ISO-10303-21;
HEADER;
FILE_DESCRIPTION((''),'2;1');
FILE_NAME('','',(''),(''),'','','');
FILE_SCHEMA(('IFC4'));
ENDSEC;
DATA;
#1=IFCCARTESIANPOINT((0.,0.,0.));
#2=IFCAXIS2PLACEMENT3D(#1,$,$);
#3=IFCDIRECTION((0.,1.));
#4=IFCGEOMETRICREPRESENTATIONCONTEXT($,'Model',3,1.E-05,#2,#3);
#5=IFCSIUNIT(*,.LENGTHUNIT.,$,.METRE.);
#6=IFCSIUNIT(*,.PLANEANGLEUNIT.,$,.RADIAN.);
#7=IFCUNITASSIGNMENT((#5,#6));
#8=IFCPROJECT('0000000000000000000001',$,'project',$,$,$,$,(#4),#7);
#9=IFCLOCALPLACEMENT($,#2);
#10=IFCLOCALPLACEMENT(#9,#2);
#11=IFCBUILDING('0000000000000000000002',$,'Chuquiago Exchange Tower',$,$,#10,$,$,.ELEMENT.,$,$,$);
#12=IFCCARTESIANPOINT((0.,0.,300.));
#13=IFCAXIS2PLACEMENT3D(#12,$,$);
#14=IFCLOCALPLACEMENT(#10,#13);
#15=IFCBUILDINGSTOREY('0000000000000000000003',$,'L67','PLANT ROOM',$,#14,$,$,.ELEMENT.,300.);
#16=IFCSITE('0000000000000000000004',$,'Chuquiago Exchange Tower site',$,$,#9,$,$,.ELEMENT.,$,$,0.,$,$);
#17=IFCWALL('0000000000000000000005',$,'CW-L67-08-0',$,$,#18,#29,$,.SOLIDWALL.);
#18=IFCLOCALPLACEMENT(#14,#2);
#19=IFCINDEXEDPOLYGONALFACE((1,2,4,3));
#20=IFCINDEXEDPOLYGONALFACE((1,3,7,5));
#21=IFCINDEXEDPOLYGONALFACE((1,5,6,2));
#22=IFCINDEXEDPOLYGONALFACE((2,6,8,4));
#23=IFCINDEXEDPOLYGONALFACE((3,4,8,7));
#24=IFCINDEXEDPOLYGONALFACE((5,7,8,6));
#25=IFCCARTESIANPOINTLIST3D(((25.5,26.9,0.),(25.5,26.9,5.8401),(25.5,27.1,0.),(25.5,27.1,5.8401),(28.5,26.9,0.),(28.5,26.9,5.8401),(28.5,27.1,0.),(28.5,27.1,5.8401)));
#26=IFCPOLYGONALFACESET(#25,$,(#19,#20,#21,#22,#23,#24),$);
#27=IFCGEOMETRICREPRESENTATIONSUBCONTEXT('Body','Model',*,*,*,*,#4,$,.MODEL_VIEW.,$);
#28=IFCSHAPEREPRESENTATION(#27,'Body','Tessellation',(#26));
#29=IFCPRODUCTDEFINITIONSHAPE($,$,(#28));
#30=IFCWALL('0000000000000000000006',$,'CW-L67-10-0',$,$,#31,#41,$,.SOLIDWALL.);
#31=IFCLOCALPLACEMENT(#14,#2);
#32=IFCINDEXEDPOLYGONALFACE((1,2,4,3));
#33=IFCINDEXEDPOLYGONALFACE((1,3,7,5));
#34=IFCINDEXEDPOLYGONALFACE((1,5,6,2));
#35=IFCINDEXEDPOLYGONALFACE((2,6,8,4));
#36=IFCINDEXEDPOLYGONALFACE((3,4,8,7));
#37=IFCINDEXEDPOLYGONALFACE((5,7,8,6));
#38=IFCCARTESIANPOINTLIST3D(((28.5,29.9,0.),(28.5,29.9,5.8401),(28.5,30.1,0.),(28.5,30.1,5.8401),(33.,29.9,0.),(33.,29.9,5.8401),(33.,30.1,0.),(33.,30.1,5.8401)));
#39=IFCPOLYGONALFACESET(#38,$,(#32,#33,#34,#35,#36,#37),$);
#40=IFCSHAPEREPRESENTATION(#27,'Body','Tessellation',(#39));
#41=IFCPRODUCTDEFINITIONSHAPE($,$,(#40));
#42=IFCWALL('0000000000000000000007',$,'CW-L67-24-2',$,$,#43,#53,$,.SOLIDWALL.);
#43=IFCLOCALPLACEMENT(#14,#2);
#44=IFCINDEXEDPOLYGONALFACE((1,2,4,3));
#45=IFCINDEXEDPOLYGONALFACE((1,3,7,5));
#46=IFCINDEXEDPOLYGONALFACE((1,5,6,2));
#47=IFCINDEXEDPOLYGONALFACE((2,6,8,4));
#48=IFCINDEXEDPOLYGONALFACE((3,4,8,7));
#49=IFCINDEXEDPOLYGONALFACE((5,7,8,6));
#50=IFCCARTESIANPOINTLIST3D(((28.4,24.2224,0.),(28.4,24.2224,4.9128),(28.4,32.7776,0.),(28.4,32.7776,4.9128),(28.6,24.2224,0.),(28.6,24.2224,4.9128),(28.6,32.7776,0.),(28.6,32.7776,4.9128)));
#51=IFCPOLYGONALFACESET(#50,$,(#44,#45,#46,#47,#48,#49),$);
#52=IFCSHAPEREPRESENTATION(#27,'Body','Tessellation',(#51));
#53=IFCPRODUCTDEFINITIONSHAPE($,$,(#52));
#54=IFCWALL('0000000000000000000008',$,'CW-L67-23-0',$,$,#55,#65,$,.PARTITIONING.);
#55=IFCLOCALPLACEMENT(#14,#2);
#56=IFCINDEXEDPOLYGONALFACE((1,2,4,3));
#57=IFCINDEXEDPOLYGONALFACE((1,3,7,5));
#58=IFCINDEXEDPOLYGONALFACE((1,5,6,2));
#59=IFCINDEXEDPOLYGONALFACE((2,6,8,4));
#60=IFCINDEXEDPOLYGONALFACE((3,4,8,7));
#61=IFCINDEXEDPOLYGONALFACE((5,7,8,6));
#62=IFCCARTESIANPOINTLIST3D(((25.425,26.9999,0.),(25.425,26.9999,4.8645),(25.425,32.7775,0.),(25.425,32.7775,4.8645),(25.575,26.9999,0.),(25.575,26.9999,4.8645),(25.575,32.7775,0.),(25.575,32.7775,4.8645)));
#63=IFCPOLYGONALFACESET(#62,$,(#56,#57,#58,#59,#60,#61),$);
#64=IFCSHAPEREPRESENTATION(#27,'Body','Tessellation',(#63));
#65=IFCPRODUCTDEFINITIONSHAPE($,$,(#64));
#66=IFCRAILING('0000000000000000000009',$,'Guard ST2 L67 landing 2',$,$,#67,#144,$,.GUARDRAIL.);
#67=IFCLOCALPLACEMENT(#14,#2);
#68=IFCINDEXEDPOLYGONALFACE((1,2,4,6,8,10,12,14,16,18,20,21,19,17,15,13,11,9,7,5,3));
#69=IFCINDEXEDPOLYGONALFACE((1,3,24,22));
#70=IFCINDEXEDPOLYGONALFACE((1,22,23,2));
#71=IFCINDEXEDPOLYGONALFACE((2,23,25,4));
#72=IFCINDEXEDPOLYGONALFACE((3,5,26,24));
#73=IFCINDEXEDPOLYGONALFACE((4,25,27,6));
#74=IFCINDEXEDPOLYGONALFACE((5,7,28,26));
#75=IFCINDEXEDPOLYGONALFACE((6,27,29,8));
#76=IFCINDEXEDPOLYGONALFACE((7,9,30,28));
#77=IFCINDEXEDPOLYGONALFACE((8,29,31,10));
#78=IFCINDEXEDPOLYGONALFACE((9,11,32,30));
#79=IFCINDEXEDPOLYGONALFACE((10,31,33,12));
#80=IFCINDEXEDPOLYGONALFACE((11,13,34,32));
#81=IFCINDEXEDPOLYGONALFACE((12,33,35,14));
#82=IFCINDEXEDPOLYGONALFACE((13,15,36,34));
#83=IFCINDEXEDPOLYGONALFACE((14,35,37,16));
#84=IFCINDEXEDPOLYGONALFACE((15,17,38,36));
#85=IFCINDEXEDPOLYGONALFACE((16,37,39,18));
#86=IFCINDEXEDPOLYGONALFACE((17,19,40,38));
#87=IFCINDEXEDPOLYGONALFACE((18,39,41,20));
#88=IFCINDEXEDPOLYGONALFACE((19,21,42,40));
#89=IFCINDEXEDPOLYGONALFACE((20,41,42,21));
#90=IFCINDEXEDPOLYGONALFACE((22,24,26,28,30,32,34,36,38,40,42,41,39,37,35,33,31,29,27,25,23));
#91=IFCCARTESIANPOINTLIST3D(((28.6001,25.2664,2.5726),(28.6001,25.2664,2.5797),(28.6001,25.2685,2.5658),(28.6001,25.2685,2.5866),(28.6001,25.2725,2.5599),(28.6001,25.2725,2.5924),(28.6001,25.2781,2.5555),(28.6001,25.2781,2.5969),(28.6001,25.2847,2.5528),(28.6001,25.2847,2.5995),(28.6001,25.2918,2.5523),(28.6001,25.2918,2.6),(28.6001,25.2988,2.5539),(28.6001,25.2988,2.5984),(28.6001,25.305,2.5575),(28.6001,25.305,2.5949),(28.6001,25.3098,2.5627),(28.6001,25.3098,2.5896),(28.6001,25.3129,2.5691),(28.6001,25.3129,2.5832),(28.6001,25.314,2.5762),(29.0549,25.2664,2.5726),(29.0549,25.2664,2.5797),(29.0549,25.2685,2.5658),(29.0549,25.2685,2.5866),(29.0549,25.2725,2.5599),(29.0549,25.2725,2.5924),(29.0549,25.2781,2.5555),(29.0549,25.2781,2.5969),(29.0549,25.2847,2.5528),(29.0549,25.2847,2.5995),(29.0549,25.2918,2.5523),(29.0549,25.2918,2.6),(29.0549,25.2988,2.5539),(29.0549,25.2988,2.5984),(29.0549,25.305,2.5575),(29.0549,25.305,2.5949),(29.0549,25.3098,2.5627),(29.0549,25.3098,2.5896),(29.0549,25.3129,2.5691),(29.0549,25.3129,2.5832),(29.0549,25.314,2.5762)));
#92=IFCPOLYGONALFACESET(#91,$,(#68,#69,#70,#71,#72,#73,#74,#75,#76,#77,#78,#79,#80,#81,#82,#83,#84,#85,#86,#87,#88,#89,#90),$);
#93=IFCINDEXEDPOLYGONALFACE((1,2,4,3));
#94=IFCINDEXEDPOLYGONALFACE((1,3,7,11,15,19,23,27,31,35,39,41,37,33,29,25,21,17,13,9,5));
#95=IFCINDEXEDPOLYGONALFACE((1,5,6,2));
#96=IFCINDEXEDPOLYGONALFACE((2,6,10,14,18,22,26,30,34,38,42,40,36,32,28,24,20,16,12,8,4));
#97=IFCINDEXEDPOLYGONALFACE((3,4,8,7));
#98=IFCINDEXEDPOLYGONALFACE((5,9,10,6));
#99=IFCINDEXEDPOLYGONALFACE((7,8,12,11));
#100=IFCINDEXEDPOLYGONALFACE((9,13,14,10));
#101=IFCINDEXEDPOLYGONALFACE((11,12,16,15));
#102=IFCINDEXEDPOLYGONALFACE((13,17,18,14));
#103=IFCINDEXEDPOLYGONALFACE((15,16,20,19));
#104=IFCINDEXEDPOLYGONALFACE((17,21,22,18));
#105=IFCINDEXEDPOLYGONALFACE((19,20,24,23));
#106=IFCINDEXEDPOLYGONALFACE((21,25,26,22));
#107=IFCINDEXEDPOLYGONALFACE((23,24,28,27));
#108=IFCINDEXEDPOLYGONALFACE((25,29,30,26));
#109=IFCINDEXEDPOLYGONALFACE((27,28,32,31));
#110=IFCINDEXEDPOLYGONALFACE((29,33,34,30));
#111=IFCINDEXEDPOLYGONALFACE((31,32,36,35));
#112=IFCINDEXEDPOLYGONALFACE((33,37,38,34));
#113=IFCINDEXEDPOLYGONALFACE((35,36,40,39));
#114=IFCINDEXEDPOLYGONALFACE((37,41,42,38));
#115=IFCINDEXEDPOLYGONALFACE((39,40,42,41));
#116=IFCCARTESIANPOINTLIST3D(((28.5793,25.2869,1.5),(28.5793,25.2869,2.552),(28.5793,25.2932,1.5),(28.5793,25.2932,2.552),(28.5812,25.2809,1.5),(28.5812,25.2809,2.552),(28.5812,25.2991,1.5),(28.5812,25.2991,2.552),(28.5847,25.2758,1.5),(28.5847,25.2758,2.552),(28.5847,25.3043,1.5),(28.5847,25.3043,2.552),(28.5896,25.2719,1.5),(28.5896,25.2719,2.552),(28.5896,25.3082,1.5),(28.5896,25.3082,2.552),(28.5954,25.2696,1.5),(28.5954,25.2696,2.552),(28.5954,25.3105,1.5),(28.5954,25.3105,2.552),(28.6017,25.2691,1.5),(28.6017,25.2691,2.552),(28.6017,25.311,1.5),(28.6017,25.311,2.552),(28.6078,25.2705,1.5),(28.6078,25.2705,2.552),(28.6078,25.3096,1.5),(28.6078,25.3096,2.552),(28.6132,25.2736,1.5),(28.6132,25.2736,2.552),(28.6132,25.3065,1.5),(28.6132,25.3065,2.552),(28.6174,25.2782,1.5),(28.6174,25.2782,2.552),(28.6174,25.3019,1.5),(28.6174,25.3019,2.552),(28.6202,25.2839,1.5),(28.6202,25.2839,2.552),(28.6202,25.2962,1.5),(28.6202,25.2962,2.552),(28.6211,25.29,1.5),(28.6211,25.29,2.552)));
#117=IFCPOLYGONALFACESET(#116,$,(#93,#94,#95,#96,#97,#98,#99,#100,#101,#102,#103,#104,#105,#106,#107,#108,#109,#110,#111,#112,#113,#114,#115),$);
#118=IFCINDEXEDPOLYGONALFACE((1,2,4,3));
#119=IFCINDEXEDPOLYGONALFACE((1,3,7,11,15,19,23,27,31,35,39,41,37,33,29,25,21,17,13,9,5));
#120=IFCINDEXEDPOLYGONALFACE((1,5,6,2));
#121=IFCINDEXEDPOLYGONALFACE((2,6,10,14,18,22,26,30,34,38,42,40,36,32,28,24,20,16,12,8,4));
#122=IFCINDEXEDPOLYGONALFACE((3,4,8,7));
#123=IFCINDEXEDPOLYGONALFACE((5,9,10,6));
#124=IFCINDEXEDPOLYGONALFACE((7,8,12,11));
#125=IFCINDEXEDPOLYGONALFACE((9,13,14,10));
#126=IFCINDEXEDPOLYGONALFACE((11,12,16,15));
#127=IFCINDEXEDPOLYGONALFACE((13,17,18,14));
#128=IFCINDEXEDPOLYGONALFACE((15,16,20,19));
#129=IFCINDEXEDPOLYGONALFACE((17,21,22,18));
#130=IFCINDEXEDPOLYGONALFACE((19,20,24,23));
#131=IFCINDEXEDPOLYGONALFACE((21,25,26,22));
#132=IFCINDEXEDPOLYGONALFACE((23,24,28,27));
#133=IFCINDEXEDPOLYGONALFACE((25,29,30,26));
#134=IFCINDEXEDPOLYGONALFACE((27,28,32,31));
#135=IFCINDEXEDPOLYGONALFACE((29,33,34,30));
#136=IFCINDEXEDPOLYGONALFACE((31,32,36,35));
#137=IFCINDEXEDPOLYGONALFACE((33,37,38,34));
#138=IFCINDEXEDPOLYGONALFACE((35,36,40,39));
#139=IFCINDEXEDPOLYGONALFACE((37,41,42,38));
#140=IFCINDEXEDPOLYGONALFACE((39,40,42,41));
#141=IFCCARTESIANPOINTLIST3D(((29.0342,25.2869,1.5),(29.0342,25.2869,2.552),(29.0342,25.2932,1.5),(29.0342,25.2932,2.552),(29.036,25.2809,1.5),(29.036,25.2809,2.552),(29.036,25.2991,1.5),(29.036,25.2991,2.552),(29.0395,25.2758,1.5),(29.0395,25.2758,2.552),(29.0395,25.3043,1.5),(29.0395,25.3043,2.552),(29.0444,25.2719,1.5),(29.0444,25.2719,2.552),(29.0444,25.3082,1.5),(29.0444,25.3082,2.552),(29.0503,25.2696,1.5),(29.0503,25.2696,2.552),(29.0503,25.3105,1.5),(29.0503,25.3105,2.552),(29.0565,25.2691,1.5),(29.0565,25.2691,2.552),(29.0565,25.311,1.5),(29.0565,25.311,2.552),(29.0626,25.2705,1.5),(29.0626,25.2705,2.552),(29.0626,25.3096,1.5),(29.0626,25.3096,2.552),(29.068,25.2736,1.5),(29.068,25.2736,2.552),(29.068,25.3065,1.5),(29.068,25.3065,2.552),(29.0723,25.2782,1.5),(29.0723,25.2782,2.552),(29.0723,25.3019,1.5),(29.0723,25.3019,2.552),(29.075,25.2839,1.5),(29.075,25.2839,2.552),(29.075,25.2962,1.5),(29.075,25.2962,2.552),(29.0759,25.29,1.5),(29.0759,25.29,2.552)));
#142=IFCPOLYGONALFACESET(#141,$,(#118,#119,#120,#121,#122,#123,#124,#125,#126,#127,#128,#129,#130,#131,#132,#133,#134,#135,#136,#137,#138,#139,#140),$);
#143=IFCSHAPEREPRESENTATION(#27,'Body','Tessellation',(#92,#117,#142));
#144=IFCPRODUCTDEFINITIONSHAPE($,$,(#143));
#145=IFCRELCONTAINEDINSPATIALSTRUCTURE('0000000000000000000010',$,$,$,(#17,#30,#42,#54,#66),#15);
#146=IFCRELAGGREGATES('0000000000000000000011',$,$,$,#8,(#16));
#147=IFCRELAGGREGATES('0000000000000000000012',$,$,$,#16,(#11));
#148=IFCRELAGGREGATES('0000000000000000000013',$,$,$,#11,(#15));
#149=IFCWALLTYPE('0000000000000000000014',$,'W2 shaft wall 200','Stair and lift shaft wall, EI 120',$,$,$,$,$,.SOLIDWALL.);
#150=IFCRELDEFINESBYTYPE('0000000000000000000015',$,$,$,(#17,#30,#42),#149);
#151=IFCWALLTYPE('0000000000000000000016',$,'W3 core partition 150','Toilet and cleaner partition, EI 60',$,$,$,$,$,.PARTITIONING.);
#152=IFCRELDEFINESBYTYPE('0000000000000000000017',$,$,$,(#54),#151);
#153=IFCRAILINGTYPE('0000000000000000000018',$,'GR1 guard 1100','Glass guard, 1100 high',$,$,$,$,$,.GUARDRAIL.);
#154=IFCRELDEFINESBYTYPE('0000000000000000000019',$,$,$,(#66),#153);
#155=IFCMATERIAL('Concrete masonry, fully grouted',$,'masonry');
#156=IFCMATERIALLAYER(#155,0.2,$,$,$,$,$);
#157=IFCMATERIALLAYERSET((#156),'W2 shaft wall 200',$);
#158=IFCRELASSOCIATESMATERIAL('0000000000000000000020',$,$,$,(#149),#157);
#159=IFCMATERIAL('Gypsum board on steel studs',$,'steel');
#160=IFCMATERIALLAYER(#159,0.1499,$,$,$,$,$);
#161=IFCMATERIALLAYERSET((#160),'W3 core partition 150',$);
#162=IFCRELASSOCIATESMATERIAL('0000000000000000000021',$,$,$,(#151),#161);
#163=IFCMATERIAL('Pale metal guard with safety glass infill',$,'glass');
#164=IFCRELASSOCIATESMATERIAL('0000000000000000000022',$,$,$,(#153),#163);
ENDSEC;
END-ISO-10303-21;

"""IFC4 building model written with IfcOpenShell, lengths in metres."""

from ifc_helpers import new_model, si_unit, direction, frame, frame_2d, origin, origin_2d, place, context, subcontext, project, spatial, rectangle, circle, extrude, material, layer, layer_set, type_object, element, save


model = new_model("IFC4")

# Units and contexts
model_context = context("Model", 3, precision=1e-05, world=origin(), true_north=direction((0.0, 1.0)))
body_context = subcontext(model_context, "Body", "Model", "MODEL_VIEW")
ifc_project = project(units=[si_unit("LENGTHUNIT", "METRE"), si_unit("PLANEANGLEUNIT", "RADIAN")], contexts=[model_context])

# Site, building, storey
site_placement = place(None, origin())
site = spatial("IfcSite", under=ifc_project, at=site_placement, Name="Chuquiago Exchange Tower site", CompositionType="ELEMENT", RefElevation=0.0)
building_placement = place(site_placement, origin())
building = spatial("IfcBuilding", under=site, at=building_placement, Name="Chuquiago Exchange Tower", CompositionType="ELEMENT")
storey_placement = place(building_placement, frame((0.0, 0.0, 300.0)))
storey = spatial("IfcBuildingStorey", under=building, at=storey_placement, Name="L67", Description="PLANT ROOM", CompositionType="ELEMENT", Elevation=300.0)

# Walls
ifc_material_1 = material(Name="Concrete masonry, fully grouted", Category="masonry")
ifc_layer_1 = layer(ifc_material_1, 0.2)
ifc_layer_set_1 = layer_set([ifc_layer_1], Name="W2 shaft wall 200")
wall_type_1 = type_object("IfcWallType", Name="W2 shaft wall 200", Description="Stair and lift shaft wall, EI 120", PredefinedType="SOLIDWALL", material=ifc_layer_set_1)
wall_1_placement = place(storey_placement, frame((25.5, 27.0, 0.0), z_axis=(0.0, 0.0, 1.0), x_axis=(1.0, 0.0, 0.0)))
element("IfcWall", 1, at=wall_1_placement, inside=storey, type_object=wall_type_1, Name="CW-L67-08-0", PredefinedType="SOLIDWALL", context=body_context, shape_type="SweptSolid", body=[
    extrude(rectangle(XDim=3.0, YDim=0.2, at=frame_2d((1.5, 0.0))), origin(), (0.0, 0.0, 1.0), 5.8401),
])
wall_2_placement = place(storey_placement, frame((28.5, 30.0, 0.0), z_axis=(0.0, 0.0, 1.0), x_axis=(1.0, 0.0, 0.0)))
element("IfcWall", 2, at=wall_2_placement, inside=storey, type_object=wall_type_1, Name="CW-L67-10-0", PredefinedType="SOLIDWALL", context=body_context, shape_type="SweptSolid", body=[
    extrude(rectangle(XDim=4.5, YDim=0.2, at=frame_2d((2.25, 0.0))), origin(), (0.0, 0.0, 1.0), 5.8401),
])
wall_3_placement = place(storey_placement, frame((28.5, 24.2224, 0.0), z_axis=(0.0, 0.0, 1.0), x_axis=(0.0, 1.0, 0.0)))
element("IfcWall", 3, at=wall_3_placement, inside=storey, type_object=wall_type_1, Name="CW-L67-24-2", PredefinedType="SOLIDWALL", context=body_context, shape_type="SweptSolid", body=[
    extrude(rectangle(XDim=8.5552, YDim=0.2, at=frame_2d((4.2776, 0.0))), origin(), (0.0, 0.0, 1.0), 4.9128),
])
ifc_material_2 = material(Name="Gypsum board on steel studs", Category="steel")
ifc_layer_2 = layer(ifc_material_2, 0.1499)
ifc_layer_set_2 = layer_set([ifc_layer_2], Name="W3 core partition 150")
wall_type_2 = type_object("IfcWallType", Name="W3 core partition 150", Description="Toilet and cleaner partition, EI 60", PredefinedType="PARTITIONING", material=ifc_layer_set_2)
wall_4_placement = place(storey_placement, frame((25.5, 27.0, 0.0), z_axis=(0.0, 0.0, 1.0), x_axis=(0.0, 1.0, 0.0)))
element("IfcWall", 4, at=wall_4_placement, inside=storey, type_object=wall_type_2, Name="CW-L67-23-0", PredefinedType="PARTITIONING", context=body_context, shape_type="SweptSolid", body=[
    extrude(rectangle(XDim=5.7776, YDim=0.1499, at=frame_2d((2.8887, 0.0))), origin(), (0.0, 0.0, 1.0), 4.8645),
])

# Railing
ifc_material_3 = material(Name="Pale metal guard with safety glass infill", Category="glass")
railing_type_1 = type_object("IfcRailingType", Name="GR1 guard 1100", Description="Glass guard, 1100 high", PredefinedType="GUARDRAIL", material=ifc_material_3)
for number, where, name in (
    (5, (28.6001, 25.29, 1.5), "Guard ST2 L67 landing 2"),
):
    element("IfcRailing", number, at=place(storey_placement, frame(where)), inside=storey, type_object=railing_type_1, Name=name, PredefinedType="GUARDRAIL", context=body_context, shape_type="SweptSolid", body=[
        extrude(circle(Radius=0.0239, at=origin_2d()), frame((0.0, 0.0, 1.0762), z_axis=(1.0, 0.0, 0.0), x_axis=(0.0, 1.0, 0.0)), (0.0, 0.0, 1.0), 0.4548),
        extrude(circle(Radius=0.021, at=origin_2d()), origin(), (0.0, 0.0, 1.0), 1.052),
        extrude(circle(Radius=0.021, at=origin_2d()), frame((0.4548, 0.0, 0.0)), (0.0, 0.0, 1.0), 1.052),
    ])

save(model, "model.ifc")
